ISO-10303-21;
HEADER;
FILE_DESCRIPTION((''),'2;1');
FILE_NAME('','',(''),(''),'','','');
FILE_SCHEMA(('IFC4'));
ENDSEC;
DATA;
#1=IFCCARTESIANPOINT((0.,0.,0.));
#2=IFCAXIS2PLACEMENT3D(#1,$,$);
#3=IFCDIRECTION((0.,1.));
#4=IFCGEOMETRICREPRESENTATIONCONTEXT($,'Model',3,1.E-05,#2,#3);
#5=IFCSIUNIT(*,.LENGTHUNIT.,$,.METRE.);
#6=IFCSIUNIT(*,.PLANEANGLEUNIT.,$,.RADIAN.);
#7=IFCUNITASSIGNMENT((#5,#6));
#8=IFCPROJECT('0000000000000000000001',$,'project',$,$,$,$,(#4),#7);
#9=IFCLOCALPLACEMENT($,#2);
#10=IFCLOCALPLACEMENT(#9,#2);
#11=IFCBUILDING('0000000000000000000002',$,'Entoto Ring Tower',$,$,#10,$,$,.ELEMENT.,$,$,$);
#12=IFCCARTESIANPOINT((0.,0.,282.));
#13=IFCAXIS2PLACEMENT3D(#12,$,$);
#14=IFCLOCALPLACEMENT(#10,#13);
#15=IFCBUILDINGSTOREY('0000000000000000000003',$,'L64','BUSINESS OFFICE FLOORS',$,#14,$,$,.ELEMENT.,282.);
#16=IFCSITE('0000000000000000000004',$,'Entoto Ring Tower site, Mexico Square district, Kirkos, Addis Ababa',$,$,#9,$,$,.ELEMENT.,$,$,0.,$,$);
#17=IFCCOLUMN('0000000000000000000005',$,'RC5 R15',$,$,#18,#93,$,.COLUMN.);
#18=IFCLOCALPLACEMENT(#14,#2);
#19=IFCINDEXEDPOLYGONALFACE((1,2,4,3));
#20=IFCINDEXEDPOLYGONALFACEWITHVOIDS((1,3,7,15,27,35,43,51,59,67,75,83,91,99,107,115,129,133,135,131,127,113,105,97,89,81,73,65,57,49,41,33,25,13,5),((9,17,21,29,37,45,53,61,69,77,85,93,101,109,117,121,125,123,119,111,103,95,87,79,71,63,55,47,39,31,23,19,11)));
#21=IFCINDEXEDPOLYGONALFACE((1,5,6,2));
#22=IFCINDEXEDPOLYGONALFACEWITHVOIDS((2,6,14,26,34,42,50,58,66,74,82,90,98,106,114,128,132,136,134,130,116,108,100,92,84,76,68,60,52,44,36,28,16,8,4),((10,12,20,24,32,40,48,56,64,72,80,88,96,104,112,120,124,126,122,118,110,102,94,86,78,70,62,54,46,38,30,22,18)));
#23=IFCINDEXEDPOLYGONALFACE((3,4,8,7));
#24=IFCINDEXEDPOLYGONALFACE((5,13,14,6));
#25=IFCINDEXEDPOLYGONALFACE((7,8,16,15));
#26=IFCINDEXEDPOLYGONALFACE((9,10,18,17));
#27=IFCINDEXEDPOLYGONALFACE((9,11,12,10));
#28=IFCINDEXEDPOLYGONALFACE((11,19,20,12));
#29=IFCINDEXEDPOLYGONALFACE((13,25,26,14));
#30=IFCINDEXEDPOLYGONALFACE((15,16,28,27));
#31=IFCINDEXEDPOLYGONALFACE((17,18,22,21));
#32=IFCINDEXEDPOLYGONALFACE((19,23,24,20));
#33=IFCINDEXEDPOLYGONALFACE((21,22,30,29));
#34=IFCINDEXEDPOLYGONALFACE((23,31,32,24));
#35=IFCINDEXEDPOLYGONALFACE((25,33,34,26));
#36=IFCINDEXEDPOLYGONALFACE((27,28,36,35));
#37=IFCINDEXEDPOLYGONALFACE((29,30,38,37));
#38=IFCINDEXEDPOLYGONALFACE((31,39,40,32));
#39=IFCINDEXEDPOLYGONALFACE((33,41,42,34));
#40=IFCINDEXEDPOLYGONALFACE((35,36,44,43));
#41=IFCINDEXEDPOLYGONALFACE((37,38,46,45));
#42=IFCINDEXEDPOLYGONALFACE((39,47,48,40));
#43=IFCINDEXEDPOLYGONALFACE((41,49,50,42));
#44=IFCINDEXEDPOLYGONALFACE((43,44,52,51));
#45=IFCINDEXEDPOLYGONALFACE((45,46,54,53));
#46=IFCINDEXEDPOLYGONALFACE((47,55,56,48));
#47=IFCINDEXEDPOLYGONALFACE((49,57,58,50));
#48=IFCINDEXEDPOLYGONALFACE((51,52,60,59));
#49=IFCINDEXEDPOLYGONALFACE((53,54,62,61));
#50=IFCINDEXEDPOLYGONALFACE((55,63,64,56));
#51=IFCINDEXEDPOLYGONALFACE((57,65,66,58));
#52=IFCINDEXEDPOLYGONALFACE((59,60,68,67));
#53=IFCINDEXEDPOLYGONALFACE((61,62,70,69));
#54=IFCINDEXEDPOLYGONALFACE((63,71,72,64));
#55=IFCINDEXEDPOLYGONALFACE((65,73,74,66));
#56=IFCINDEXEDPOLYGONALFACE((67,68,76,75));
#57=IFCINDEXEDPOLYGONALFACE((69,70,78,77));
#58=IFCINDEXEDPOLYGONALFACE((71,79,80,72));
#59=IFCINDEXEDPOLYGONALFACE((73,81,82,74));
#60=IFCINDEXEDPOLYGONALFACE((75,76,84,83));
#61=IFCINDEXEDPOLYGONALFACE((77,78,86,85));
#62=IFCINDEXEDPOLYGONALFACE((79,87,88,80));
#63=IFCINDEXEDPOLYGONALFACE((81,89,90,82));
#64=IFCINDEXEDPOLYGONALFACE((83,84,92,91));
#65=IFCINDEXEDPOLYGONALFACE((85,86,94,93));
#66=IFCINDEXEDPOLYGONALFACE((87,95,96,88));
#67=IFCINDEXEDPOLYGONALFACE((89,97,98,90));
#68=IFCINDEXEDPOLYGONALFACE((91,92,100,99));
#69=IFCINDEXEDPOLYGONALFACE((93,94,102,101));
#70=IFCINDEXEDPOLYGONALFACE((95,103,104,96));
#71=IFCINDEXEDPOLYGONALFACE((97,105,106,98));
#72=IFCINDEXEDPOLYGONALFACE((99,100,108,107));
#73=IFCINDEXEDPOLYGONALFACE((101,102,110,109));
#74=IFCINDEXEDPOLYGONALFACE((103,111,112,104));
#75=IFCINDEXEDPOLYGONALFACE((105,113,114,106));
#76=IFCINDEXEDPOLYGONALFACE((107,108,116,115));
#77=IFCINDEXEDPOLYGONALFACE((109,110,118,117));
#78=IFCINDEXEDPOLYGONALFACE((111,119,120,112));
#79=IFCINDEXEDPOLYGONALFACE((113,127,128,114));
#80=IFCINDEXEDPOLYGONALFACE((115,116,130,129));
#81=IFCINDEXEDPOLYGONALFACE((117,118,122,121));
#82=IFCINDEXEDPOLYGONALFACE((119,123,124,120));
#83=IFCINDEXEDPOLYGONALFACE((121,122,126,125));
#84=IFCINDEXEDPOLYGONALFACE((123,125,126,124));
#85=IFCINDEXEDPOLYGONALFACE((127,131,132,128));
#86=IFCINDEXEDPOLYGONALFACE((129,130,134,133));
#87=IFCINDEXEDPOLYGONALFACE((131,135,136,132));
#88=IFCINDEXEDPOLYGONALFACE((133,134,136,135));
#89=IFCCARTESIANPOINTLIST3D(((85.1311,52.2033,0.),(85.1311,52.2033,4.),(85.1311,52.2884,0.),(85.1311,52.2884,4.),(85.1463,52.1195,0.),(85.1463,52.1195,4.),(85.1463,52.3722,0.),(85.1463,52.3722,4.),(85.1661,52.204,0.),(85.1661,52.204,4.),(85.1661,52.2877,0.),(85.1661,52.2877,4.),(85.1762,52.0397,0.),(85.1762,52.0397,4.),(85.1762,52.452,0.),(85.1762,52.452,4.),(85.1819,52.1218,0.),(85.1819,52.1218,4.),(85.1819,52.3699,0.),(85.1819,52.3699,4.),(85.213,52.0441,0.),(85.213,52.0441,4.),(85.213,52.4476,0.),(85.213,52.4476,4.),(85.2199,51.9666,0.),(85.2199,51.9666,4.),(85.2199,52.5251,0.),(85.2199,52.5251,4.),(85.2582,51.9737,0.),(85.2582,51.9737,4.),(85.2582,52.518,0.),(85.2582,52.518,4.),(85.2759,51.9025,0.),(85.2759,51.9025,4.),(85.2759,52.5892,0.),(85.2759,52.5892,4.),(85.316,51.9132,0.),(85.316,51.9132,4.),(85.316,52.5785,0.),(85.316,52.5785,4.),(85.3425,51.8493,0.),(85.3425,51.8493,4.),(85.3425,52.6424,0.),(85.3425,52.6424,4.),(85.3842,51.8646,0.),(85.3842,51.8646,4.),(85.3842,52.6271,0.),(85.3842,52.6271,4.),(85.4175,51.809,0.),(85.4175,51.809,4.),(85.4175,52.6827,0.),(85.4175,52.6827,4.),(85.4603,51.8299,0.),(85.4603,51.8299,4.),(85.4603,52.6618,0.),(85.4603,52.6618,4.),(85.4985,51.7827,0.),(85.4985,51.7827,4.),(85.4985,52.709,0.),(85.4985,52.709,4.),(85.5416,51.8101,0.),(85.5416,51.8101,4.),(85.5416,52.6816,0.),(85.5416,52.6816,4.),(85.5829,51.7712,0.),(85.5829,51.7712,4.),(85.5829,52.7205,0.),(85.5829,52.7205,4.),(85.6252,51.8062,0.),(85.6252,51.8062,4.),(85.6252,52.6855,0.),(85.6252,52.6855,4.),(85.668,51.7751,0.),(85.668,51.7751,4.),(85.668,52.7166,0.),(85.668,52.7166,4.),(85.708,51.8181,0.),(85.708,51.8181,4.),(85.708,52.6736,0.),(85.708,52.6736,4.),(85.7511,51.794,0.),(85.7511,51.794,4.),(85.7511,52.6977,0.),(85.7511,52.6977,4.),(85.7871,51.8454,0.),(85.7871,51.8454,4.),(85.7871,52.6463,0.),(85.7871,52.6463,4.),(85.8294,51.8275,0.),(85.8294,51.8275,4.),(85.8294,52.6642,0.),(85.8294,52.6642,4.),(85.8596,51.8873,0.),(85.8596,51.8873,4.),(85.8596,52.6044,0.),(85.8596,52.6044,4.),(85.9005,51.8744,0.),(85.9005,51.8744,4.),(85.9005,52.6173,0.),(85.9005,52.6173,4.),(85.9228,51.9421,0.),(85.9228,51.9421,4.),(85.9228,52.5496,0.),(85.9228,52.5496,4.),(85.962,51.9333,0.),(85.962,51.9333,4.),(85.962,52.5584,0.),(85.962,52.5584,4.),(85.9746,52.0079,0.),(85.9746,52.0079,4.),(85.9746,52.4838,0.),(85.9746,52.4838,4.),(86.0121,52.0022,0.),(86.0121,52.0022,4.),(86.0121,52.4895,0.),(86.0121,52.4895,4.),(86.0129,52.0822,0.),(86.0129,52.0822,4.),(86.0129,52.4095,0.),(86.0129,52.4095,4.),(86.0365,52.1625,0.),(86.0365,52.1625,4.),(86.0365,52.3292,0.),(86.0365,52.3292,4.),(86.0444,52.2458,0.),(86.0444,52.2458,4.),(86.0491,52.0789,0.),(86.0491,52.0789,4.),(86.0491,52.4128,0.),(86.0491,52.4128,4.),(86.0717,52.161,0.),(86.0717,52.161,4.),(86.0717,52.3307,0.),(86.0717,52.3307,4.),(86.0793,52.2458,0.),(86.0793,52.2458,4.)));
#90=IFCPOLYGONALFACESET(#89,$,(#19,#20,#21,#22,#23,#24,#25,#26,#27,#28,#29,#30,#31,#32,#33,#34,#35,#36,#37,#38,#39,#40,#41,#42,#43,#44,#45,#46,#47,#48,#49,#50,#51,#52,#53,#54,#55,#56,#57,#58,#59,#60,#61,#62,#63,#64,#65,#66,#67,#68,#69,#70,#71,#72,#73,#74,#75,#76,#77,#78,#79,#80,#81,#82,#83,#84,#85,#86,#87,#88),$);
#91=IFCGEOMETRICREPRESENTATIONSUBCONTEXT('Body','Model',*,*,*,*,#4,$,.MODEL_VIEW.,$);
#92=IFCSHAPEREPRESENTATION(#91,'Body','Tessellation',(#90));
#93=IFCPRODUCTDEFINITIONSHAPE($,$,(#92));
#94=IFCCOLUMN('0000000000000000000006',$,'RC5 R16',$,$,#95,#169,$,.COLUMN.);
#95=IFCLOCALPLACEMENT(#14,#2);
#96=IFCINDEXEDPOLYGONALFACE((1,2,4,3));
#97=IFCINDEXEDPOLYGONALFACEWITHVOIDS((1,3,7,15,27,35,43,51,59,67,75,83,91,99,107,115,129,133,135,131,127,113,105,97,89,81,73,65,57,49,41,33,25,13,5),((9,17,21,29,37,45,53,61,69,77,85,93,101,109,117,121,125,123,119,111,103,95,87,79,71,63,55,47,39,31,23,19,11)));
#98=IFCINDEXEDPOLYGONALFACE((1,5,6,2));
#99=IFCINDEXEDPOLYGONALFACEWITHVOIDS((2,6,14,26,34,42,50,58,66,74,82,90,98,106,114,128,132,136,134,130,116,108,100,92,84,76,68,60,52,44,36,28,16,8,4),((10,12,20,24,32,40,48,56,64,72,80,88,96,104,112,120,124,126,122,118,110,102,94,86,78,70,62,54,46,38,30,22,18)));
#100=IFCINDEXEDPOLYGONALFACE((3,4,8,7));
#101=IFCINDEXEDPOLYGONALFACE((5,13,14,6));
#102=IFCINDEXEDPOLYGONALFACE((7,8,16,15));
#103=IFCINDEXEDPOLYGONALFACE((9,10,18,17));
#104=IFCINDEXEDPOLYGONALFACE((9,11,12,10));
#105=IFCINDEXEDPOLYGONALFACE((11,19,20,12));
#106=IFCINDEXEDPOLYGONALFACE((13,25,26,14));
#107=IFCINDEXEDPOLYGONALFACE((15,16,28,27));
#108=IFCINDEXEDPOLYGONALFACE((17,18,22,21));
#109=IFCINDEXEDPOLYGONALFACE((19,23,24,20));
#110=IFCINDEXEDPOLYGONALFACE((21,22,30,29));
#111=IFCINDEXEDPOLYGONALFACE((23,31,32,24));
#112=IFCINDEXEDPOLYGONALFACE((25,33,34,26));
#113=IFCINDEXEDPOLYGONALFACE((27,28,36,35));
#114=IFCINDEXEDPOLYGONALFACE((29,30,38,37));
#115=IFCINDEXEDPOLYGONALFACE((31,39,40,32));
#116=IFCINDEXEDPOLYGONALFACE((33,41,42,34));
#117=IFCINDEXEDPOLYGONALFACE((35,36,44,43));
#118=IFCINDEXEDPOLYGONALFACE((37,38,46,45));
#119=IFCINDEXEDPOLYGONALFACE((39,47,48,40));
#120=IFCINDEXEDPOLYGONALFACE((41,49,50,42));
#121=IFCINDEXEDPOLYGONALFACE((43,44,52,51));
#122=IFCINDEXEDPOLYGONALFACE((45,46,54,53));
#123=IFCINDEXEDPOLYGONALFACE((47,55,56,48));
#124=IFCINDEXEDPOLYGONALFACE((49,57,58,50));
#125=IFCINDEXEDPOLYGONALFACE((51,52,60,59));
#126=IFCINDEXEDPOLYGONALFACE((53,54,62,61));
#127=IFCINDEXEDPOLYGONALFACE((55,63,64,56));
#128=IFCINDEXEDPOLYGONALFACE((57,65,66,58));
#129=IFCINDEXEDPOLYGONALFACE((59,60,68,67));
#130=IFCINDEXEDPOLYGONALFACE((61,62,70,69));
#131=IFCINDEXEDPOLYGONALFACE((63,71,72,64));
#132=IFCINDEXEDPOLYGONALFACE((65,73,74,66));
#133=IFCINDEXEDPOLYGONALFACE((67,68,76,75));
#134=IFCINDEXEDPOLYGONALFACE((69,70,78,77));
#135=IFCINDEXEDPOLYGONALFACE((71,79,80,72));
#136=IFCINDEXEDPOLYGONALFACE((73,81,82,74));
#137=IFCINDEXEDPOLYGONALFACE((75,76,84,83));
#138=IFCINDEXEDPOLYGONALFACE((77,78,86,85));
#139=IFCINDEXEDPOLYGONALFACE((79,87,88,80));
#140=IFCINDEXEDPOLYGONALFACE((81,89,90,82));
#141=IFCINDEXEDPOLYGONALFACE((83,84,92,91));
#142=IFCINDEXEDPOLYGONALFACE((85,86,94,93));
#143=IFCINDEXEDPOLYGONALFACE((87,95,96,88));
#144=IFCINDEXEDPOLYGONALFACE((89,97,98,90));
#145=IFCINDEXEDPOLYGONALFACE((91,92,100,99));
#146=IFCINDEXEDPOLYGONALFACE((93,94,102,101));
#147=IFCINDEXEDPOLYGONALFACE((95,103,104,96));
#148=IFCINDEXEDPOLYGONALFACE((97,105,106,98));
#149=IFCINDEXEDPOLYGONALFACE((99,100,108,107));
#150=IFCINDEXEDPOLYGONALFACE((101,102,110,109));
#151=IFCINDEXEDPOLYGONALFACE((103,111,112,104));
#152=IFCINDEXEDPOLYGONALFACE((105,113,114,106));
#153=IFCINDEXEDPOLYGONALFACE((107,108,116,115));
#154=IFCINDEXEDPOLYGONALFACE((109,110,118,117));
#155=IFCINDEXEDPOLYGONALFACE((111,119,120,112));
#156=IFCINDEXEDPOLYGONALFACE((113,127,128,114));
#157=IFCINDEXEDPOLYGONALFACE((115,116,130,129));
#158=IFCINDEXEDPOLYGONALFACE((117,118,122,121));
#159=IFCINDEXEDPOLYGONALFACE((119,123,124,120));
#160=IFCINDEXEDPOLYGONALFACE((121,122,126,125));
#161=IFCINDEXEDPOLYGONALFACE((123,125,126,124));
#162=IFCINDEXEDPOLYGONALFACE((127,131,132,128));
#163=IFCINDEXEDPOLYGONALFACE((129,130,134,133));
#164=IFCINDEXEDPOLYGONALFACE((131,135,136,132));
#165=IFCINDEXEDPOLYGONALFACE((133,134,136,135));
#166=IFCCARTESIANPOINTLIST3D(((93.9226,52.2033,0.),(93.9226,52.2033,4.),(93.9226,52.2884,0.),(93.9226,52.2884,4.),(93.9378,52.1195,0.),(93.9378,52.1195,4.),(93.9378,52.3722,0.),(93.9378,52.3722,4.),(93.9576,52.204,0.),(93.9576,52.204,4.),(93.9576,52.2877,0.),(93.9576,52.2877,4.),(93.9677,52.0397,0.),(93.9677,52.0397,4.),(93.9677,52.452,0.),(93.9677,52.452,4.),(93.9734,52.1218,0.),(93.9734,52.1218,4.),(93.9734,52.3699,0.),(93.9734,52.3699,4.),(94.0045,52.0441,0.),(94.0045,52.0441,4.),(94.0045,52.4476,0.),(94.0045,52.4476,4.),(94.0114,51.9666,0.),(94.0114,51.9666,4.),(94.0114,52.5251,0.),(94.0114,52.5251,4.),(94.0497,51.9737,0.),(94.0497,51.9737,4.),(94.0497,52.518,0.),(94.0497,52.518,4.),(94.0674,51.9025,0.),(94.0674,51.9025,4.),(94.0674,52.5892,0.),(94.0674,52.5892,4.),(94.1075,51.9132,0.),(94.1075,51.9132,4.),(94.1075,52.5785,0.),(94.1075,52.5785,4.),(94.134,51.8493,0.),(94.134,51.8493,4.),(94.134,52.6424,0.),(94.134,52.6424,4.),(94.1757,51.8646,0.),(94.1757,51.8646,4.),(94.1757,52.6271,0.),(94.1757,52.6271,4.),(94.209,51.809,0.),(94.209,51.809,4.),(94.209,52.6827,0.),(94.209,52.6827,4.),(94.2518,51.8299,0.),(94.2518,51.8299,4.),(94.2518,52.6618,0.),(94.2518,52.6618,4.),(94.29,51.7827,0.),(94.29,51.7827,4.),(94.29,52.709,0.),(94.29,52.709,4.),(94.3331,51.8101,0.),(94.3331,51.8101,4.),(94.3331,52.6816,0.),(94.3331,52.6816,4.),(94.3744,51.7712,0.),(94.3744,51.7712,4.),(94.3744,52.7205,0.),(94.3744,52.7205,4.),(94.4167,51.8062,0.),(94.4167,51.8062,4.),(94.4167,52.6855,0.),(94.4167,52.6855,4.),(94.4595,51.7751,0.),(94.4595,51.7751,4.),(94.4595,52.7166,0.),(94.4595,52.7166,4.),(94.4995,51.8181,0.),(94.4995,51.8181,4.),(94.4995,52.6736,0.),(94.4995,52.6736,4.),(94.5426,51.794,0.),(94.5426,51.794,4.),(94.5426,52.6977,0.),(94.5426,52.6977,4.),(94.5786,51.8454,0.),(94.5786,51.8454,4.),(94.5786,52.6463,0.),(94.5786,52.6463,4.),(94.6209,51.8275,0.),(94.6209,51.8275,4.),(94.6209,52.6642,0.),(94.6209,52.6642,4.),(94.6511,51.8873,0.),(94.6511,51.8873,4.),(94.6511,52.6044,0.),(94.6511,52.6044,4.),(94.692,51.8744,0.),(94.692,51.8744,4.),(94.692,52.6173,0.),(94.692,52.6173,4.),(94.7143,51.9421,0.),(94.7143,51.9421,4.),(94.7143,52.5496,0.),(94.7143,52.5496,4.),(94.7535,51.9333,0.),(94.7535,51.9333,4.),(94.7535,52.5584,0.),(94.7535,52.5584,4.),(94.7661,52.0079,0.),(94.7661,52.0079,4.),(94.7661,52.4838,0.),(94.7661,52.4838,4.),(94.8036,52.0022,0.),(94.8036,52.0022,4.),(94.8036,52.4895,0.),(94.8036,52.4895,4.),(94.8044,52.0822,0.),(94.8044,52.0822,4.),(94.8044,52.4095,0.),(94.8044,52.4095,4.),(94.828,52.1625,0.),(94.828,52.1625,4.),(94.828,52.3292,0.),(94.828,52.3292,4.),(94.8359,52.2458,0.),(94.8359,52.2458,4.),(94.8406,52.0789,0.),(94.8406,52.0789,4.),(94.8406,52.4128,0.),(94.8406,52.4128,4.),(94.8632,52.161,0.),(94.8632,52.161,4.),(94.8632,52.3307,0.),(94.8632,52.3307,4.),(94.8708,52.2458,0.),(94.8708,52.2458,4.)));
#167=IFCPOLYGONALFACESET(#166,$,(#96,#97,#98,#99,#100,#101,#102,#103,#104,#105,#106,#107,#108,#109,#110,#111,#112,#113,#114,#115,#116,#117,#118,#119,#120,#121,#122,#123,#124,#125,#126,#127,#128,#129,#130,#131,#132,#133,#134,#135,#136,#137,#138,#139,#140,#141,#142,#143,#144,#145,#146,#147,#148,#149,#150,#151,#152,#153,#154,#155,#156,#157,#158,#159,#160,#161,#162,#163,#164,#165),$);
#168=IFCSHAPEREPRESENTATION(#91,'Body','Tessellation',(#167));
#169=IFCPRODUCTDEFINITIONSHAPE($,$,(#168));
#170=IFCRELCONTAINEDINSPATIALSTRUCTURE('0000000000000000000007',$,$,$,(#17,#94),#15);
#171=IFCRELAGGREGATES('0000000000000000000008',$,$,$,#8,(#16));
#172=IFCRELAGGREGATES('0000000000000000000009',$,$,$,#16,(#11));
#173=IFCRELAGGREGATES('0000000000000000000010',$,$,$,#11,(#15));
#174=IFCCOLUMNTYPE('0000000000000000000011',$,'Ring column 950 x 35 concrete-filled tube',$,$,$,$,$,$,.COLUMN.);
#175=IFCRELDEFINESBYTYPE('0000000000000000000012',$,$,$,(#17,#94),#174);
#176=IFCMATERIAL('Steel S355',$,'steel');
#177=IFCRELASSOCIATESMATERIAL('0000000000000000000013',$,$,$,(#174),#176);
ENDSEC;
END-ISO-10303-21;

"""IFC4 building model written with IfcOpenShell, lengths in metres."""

from ifc_helpers import new_model, si_unit, direction, frame, origin, origin_2d, place, context, subcontext, project, spatial, circle, hollow_circle, extrude, material, material_profile, profile_set, type_object, element, save


model = new_model("IFC4")

# Units and contexts
model_context = context("Model", 3, precision=1e-05, world=origin(), true_north=direction((0.0, 1.0)))
body_context = subcontext(model_context, "Body", "Model", "MODEL_VIEW")
ifc_project = project(units=[si_unit("LENGTHUNIT", "METRE"), si_unit("PLANEANGLEUNIT", "RADIAN")], contexts=[model_context])

# Site, building, storey
site_placement = place(None, origin())
site = spatial("IfcSite", under=ifc_project, at=site_placement, Name="Entoto Ring Tower site, Mexico Square district, Kirkos, Addis Ababa", CompositionType="ELEMENT", RefElevation=0.0)
building_placement = place(site_placement, origin())
building = spatial("IfcBuilding", under=site, at=building_placement, Name="Entoto Ring Tower", CompositionType="ELEMENT")
storey_placement = place(building_placement, frame((0.0, 0.0, 282.0)))
storey = spatial("IfcBuildingStorey", under=building, at=storey_placement, Name="L64", Description="BUSINESS OFFICE FLOORS", CompositionType="ELEMENT", Elevation=282.0)

# Columns
ifc_material_1 = material(Name="Steel S355", Category="steel")
ifc_material_profile_1 = material_profile(ifc_material_1, hollow_circle(Radius=0.4751, WallThickness=0.0349, at=origin_2d()), Name="CHS 950 x 35")
ifc_material_2 = material(Name="Concrete C60/75", Category="concrete")
ifc_material_profile_2 = material_profile(ifc_material_2, circle(Radius=0.4399, at=origin_2d()), Name="Concrete C60/75 infill")
ifc_profile_set_1 = profile_set([ifc_material_profile_1, ifc_material_profile_2], Name="Steel S355")
column_type = type_object("IfcColumnType", Name="Ring column 950 x 35 concrete-filled tube", PredefinedType="COLUMN", material=ifc_profile_set_1)
for number, where, z_axis, x_axis, name in (
    (1, (85.6042, 52.2458, 0.0), (0.0, 0.0, 1.0), (1.0, 0.0, 0.0), "RC5 R15"),
    (2, (94.3958, 52.2458, 0.0), (0.0, 0.0, 1.0), (1.0, 0.0, 0.0), "RC5 R16"),
):
    element("IfcColumn", number, at=place(storey_placement, frame(where, z_axis=z_axis, x_axis=x_axis)), inside=storey, type_object=column_type, Name=name, PredefinedType="COLUMN", context=body_context, shape_type="SweptSolid", body=[
        extrude(hollow_circle(Radius=0.4751, WallThickness=0.0349, at=origin_2d()), origin(), (0.0, 0.0, 1.0), 4.0),
    ])

save(model, "model.ifc")
